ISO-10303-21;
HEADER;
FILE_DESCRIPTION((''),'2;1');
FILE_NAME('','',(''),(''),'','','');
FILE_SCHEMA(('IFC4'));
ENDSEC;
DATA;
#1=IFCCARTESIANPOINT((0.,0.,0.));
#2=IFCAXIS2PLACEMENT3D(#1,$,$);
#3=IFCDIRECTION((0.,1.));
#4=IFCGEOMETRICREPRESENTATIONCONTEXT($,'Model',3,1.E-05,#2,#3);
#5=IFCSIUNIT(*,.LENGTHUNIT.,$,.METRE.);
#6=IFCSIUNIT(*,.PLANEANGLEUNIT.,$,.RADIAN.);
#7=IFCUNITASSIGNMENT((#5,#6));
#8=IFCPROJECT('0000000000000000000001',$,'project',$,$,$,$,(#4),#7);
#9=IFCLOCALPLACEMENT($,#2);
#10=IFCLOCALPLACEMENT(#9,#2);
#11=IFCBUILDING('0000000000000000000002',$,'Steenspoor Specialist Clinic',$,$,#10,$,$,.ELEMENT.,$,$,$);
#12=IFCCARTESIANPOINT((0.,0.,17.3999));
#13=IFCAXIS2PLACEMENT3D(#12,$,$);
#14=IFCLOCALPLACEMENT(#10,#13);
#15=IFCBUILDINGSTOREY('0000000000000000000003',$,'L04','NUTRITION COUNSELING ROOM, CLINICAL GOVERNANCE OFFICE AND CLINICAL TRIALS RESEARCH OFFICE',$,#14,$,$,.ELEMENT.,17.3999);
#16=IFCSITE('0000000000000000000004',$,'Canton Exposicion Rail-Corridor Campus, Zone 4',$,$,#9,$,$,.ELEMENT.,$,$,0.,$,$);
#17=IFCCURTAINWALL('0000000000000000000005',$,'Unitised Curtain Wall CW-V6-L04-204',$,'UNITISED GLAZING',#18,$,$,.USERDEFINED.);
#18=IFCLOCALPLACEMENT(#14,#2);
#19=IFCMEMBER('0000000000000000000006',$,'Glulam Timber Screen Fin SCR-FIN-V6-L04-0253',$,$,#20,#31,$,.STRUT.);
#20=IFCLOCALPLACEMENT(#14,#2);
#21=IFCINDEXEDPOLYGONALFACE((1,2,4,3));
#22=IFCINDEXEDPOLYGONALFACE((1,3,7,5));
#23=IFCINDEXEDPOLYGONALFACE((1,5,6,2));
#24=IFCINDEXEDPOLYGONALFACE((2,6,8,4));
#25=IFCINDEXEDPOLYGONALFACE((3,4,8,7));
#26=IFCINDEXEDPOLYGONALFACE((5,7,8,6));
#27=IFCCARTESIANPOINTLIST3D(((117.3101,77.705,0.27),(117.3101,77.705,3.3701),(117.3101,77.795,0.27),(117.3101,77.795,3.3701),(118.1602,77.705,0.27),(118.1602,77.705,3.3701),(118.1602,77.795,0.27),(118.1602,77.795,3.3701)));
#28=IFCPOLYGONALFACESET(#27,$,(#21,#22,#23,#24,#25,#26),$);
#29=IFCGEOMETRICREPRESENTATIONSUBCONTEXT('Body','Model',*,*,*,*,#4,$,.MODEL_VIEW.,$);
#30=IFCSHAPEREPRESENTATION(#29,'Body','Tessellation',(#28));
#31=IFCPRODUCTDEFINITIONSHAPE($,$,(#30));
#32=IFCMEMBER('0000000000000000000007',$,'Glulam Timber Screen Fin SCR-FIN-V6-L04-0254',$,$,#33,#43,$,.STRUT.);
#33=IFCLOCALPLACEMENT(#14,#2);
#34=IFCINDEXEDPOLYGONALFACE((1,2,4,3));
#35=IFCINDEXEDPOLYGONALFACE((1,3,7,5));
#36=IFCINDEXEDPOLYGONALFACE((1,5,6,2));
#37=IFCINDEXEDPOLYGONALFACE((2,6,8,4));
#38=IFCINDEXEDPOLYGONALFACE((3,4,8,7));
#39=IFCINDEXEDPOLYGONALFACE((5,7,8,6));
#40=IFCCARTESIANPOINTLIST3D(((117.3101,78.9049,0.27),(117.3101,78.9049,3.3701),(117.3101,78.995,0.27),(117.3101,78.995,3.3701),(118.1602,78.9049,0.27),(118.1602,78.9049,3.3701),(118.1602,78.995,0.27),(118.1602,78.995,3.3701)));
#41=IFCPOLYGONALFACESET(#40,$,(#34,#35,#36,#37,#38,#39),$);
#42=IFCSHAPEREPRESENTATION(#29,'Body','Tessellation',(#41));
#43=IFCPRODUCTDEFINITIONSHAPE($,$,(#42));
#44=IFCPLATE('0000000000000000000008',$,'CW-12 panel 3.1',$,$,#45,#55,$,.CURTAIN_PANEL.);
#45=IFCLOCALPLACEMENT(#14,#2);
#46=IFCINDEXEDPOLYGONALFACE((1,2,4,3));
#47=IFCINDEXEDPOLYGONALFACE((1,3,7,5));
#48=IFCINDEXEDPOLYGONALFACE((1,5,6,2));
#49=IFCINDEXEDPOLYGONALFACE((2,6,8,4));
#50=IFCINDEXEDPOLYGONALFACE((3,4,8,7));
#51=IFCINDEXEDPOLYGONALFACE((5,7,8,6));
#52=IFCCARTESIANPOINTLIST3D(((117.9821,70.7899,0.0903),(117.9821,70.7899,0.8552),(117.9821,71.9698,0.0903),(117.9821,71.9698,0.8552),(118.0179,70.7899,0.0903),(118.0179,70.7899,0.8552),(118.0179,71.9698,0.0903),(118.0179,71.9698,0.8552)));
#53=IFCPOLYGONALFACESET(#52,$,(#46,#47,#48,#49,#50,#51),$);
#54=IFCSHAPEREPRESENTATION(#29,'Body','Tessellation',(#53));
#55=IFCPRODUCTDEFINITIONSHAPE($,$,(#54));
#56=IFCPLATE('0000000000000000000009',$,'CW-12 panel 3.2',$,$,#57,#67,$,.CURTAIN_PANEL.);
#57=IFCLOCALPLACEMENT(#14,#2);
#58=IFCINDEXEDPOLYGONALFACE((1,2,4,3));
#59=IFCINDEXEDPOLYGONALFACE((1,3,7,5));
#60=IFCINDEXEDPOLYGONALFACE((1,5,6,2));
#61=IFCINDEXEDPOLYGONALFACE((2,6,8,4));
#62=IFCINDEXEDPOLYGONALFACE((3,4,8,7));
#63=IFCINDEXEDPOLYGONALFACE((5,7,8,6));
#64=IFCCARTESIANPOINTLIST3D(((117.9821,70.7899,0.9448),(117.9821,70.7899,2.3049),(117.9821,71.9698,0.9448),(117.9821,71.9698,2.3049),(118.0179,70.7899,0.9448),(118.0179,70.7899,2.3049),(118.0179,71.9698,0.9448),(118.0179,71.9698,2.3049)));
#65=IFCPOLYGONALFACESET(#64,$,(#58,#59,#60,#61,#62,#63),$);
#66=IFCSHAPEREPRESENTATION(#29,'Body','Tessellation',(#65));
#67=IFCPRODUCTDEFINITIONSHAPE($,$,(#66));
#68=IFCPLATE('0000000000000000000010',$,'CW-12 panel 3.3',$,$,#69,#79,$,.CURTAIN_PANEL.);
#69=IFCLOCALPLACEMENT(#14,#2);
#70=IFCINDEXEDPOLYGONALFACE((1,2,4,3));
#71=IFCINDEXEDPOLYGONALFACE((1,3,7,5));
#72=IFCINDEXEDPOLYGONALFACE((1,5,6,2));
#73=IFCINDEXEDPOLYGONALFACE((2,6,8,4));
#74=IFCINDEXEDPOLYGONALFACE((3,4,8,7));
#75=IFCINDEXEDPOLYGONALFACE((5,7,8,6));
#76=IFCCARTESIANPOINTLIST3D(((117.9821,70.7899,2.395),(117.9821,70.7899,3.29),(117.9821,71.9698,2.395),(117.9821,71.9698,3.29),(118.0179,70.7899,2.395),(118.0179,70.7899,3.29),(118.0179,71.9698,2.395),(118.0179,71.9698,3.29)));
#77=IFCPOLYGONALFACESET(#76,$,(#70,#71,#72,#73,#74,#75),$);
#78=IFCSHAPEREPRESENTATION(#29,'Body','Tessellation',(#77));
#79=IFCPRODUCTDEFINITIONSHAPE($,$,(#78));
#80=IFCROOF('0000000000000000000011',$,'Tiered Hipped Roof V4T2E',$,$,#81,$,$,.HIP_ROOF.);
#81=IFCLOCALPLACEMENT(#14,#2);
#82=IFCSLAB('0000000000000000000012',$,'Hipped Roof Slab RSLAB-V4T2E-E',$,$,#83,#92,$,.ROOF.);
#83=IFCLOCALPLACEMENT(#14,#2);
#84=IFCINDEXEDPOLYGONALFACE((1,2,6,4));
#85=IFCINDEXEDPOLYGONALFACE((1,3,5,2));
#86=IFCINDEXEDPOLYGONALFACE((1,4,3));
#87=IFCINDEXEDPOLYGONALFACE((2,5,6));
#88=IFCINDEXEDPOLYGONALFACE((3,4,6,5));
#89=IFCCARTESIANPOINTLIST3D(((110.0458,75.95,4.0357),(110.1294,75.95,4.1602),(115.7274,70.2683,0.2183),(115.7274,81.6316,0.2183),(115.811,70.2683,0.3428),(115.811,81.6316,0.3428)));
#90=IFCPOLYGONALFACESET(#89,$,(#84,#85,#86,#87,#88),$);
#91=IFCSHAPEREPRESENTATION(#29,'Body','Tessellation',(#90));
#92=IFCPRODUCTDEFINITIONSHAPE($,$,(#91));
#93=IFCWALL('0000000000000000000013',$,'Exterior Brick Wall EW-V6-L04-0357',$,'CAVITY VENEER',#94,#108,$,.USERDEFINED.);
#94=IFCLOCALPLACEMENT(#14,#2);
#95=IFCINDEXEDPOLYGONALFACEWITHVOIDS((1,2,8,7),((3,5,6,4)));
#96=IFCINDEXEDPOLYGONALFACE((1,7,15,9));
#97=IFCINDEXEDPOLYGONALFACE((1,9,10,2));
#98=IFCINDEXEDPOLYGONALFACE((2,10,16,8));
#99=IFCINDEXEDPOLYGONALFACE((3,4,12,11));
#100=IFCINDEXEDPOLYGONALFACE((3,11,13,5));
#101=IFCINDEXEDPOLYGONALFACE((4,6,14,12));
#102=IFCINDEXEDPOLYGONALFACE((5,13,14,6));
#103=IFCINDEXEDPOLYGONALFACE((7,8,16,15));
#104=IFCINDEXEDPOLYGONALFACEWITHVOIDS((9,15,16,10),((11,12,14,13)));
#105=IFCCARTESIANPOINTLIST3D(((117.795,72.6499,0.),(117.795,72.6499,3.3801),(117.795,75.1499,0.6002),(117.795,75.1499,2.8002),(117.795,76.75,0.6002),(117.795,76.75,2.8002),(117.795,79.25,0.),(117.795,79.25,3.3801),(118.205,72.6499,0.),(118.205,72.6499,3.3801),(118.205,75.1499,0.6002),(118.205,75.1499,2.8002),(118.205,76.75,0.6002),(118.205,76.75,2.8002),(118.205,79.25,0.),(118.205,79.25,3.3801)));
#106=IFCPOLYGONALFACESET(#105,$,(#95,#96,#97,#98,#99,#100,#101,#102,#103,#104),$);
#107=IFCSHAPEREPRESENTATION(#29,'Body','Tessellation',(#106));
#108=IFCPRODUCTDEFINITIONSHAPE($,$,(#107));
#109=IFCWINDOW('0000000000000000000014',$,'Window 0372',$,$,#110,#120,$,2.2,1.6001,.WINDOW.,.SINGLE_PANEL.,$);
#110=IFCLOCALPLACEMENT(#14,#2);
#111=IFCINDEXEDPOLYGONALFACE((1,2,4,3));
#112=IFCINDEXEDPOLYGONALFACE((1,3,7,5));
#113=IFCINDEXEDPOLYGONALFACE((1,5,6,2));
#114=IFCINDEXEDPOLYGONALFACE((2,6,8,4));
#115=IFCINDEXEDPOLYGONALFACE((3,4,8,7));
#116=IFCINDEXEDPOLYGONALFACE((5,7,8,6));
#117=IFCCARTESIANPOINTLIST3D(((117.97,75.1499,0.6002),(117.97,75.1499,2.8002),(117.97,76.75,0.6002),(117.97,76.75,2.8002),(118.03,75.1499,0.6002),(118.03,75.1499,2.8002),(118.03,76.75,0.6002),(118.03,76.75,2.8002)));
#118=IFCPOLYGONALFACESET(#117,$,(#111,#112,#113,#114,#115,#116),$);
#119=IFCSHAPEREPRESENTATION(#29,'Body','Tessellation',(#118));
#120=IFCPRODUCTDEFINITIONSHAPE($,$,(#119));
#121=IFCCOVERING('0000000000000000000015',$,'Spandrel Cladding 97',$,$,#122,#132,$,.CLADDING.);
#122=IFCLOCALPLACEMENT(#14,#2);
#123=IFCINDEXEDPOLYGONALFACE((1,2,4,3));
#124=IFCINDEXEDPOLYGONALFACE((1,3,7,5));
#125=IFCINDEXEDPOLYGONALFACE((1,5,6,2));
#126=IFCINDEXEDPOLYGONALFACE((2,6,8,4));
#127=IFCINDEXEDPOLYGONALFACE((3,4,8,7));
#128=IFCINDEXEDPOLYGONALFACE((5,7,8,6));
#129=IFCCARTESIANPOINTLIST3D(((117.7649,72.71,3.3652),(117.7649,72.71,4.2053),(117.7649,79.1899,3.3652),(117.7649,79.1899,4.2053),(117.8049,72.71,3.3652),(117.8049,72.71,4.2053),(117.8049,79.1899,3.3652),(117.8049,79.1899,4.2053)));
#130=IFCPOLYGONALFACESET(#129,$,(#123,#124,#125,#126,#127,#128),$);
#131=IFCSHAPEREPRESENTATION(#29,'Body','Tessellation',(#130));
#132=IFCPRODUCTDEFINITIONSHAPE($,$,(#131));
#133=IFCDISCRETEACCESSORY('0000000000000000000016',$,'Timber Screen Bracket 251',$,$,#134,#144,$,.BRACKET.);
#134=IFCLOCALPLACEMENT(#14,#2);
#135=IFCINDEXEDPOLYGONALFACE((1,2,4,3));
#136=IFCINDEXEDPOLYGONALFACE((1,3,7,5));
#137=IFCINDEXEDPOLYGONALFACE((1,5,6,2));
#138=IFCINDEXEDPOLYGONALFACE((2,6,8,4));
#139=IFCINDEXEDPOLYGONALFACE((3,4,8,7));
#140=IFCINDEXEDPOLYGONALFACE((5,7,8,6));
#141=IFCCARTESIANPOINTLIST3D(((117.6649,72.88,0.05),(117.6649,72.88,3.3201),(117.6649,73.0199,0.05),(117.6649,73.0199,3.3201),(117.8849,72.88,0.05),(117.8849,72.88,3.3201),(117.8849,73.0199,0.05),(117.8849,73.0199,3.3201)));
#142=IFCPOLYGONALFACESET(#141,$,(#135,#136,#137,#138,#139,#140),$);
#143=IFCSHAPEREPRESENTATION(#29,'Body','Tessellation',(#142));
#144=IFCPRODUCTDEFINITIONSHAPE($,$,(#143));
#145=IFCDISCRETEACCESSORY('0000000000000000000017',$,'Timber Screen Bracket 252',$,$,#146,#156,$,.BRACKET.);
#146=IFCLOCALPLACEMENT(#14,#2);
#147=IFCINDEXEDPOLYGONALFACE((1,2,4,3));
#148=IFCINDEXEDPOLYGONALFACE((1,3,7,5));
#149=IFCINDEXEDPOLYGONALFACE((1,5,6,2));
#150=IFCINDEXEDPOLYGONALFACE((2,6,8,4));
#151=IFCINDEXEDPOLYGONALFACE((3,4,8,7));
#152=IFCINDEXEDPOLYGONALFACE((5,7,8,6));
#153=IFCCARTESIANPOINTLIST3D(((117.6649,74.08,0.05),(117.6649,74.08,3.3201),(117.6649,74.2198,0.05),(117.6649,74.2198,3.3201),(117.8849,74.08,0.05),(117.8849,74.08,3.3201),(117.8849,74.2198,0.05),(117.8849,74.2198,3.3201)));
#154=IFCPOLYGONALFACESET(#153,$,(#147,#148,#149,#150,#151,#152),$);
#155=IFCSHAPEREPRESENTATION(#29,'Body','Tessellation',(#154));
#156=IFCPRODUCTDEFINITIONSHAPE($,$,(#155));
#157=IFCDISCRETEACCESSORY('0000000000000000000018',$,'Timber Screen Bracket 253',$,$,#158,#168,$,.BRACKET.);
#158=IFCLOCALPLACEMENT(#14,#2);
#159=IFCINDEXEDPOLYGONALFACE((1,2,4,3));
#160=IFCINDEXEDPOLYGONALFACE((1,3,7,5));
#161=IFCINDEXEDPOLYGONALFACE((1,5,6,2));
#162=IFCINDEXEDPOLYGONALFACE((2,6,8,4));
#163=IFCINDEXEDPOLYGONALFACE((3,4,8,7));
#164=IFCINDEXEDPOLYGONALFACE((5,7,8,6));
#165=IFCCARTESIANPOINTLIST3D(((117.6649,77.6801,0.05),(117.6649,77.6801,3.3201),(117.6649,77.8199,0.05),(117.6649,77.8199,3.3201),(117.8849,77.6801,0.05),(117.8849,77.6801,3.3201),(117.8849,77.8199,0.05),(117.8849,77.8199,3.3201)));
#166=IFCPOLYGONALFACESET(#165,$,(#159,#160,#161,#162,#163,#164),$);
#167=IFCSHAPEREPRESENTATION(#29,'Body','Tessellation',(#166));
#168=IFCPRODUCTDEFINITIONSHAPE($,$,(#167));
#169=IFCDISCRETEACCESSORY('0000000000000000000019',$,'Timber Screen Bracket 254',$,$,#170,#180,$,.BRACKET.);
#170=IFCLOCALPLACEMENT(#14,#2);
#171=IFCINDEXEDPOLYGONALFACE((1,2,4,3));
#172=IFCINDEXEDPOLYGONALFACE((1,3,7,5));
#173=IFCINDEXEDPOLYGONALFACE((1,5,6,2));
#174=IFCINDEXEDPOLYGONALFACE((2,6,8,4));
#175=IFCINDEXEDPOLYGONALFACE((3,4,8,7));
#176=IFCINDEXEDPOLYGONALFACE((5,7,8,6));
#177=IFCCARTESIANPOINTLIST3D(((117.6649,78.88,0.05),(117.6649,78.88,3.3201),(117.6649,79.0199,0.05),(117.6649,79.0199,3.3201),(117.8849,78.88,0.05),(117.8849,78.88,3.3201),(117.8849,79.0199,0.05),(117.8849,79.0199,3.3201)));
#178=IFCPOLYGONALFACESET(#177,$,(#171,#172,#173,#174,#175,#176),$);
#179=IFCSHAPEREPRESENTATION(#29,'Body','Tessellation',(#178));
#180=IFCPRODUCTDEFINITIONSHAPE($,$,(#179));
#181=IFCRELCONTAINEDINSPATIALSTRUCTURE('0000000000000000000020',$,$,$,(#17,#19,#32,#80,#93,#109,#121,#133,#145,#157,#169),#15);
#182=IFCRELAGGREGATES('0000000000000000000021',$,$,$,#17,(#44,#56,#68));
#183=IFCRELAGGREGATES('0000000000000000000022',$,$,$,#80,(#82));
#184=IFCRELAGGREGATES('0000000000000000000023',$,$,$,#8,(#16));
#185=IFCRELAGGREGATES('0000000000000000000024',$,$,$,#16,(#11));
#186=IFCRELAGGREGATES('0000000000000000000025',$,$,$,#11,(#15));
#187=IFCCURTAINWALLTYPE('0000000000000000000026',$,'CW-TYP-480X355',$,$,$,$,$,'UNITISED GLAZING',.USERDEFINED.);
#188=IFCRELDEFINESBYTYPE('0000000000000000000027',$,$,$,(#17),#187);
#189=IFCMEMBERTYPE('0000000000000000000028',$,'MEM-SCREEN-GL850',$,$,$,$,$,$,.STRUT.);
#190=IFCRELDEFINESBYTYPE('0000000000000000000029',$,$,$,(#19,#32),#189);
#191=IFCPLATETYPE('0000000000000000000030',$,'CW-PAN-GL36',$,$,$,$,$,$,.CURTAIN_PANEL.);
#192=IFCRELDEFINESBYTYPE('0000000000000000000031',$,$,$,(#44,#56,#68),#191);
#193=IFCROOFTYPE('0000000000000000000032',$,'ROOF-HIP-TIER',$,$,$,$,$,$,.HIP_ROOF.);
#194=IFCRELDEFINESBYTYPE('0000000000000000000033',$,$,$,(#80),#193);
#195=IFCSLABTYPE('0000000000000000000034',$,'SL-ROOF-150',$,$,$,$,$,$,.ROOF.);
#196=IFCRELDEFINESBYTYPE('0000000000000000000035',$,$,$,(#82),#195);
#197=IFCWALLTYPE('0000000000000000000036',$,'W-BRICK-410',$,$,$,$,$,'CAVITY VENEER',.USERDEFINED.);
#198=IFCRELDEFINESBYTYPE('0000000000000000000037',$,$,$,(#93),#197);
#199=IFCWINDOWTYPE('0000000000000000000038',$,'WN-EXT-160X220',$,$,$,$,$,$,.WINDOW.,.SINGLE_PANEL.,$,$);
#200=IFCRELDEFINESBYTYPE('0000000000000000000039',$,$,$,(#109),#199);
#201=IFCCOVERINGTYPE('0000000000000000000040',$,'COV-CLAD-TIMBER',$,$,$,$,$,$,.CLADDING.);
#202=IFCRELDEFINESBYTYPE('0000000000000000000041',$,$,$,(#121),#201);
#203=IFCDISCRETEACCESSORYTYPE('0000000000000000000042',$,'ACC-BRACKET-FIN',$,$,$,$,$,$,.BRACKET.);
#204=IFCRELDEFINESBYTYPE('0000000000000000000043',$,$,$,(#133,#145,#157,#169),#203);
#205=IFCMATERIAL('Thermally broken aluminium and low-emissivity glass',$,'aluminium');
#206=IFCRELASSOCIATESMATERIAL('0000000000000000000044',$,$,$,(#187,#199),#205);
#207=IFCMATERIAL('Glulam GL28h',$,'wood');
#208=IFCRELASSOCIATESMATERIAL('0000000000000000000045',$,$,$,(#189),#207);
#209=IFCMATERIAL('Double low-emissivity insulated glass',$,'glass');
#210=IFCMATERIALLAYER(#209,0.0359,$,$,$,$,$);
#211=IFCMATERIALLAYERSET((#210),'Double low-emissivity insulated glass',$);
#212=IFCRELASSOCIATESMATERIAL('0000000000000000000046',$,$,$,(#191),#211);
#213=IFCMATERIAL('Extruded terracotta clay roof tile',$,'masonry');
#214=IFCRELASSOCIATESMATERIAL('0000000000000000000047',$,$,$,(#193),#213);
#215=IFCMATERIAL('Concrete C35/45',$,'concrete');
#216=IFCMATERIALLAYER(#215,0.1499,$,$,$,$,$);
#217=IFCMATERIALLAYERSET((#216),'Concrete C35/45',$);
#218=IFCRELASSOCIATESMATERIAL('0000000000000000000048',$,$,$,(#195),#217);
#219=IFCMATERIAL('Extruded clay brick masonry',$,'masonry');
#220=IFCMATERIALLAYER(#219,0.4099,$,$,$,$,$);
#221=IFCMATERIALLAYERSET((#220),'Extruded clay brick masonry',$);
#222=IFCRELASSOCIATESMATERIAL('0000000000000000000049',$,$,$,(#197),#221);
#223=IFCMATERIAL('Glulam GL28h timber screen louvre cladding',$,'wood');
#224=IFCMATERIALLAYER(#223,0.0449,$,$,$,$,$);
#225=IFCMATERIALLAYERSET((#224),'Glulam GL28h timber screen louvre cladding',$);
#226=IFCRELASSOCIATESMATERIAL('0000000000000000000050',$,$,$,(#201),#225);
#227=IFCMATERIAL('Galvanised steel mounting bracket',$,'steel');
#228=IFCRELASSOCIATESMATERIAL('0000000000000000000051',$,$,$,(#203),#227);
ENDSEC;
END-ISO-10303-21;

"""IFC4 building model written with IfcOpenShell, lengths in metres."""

from ifc_helpers import new_model, si_unit, direction, frame, frame_2d, origin, origin_2d, place, context, subcontext, project, spatial, polyline, rectangle, outline, extrude, material, layer, layer_set, material_profile, profile_set, type_object, element, fill, aggregate, save


model = new_model("IFC4")

# Units and contexts
model_context = context("Model", 3, precision=1e-05, world=origin(), true_north=direction((0.0, 1.0)))
body_context = subcontext(model_context, "Body", "Model", "MODEL_VIEW")
ifc_project = project(units=[si_unit("LENGTHUNIT", "METRE"), si_unit("PLANEANGLEUNIT", "RADIAN")], contexts=[model_context])

# Site, building, storey
site_placement = place(None, origin())
site = spatial("IfcSite", under=ifc_project, at=site_placement, Name="Canton Exposicion Rail-Corridor Campus, Zone 4", CompositionType="ELEMENT", RefElevation=0.0)
building_placement = place(site_placement, origin())
building = spatial("IfcBuilding", under=site, at=building_placement, Name="Steenspoor Specialist Clinic", CompositionType="ELEMENT")
storey_placement = place(building_placement, frame((0.0, 0.0, 17.3999)))
storey = spatial("IfcBuildingStorey", under=building, at=storey_placement, Name="L04", Description="NUTRITION COUNSELING ROOM, CLINICAL GOVERNANCE OFFICE AND CLINICAL TRIALS RESEARCH OFFICE", CompositionType="ELEMENT", Elevation=17.3999)

# Shared definitions
ifc_material_1 = material(Name="Glulam GL28h", Category="wood")

# Curtain wall
ifc_material_2 = material(Name="Thermally broken aluminium and low-emissivity glass", Category="aluminium")
curtain_wall_type = type_object("IfcCurtainWallType", Name="CW-TYP-480X355", ElementType="UNITISED GLAZING", PredefinedType="USERDEFINED", material=ifc_material_2)
curtain_wall_placement = place(storey_placement, origin())
curtain_wall = element("IfcCurtainWall", 1, at=curtain_wall_placement, inside=storey, type_object=curtain_wall_type, Name="Unitised Curtain Wall CW-V6-L04-204", ObjectType="UNITISED GLAZING", PredefinedType="USERDEFINED")

# Members
ifc_material_profile_1 = material_profile(ifc_material_1, rectangle(XDim=0.0901, YDim=0.8501, at=origin_2d()), Name="GL28H-90X850")
ifc_profile_set_1 = profile_set([ifc_material_profile_1], Name="Glulam GL28h")
member_type_1 = type_object("IfcMemberType", Name="MEM-SCREEN-GL850", PredefinedType="STRUT", material=ifc_profile_set_1)
for number, where, z_axis, x_axis, name in (
    (2, (117.7351, 77.75, 0.27), (0.0, 0.0, 1.0), (0.0, 1.0, 0.0), "Glulam Timber Screen Fin SCR-FIN-V6-L04-0253"),
    (3, (117.7351, 78.95, 0.27), (0.0, 0.0, 1.0), (0.0, 1.0, 0.0), "Glulam Timber Screen Fin SCR-FIN-V6-L04-0254"),
):
    element("IfcMember", number, at=place(storey_placement, frame(where, z_axis=z_axis, x_axis=x_axis)), inside=storey, type_object=member_type_1, Name=name, PredefinedType="STRUT", context=body_context, shape_type="SweptSolid", body=[
        extrude(rectangle(XDim=0.0901, YDim=0.8501, at=origin_2d()), origin(), (0.0, 0.0, 1.0), 3.1001),
    ])

# Plates
ifc_material_3 = material(Name="Double low-emissivity insulated glass", Category="glass")
ifc_layer_1 = layer(ifc_material_3, 0.0359)
ifc_layer_set_1 = layer_set([ifc_layer_1], Name="Double low-emissivity insulated glass")
plate_type = type_object("IfcPlateType", Name="CW-PAN-GL36", PredefinedType="CURTAIN_PANEL", material=ifc_layer_set_1)
plate_1_placement = place(storey_placement, frame((118.0, 71.3799, 0.0903), z_axis=(0.0, 0.0, 1.0), x_axis=(0.0, 1.0, 0.0)))
plate_1 = element("IfcPlate", 4, at=plate_1_placement, type_object=plate_type, Name="CW-12 panel 3.1", PredefinedType="CURTAIN_PANEL", context=body_context, shape_type="SweptSolid", body=[
    extrude(rectangle(XDim=1.1799, YDim=0.0359, at=origin_2d()), origin(), (0.0, 0.0, 1.0), 0.7649),
])
plate_2_placement = place(storey_placement, frame((118.0, 71.3799, 0.9448), z_axis=(0.0, 0.0, 1.0), x_axis=(0.0, 1.0, 0.0)))
plate_2 = element("IfcPlate", 5, at=plate_2_placement, type_object=plate_type, Name="CW-12 panel 3.2", PredefinedType="CURTAIN_PANEL", context=body_context, shape_type="SweptSolid", body=[
    extrude(rectangle(XDim=1.1799, YDim=0.0359, at=origin_2d()), origin(), (0.0, 0.0, 1.0), 1.3601),
])
plate_3_placement = place(storey_placement, frame((118.0, 71.3799, 2.395), z_axis=(0.0, 0.0, 1.0), x_axis=(0.0, 1.0, 0.0)))
plate_3 = element("IfcPlate", 6, at=plate_3_placement, type_object=plate_type, Name="CW-12 panel 3.3", PredefinedType="CURTAIN_PANEL", context=body_context, shape_type="SweptSolid", body=[
    extrude(rectangle(XDim=1.1799, YDim=0.0359, at=origin_2d()), origin(), (0.0, 0.0, 1.0), 0.895),
])
aggregate(curtain_wall, [plate_1, plate_2, plate_3])

# Roof, slab
ifc_material_4 = material(Name="Extruded terracotta clay roof tile", Category="masonry")
roof_type = type_object("IfcRoofType", Name="ROOF-HIP-TIER", PredefinedType="HIP_ROOF", material=ifc_material_4)
roof_placement = place(storey_placement, origin())
roof = element("IfcRoof", 7, at=roof_placement, inside=storey, type_object=roof_type, Name="Tiered Hipped Roof V4T2E", PredefinedType="HIP_ROOF")
ifc_material_5 = material(Name="Concrete C35/45", Category="concrete")
ifc_layer_2 = layer(ifc_material_5, 0.1499)
ifc_layer_set_2 = layer_set([ifc_layer_2], Name="Concrete C35/45")
slab_type = type_object("IfcSlabType", Name="SL-ROOF-150", PredefinedType="ROOF", material=ifc_layer_set_2)
slab_placement = place(storey_placement, frame((110.1294, 75.95, 4.1602), z_axis=(0.557693, 0.0, 0.830048), x_axis=(0.638691, -0.638691, -0.429124)))
slab = element("IfcSlab", 8, at=slab_placement, type_object=slab_type, Name="Hipped Roof Slab RSLAB-V4T2E-E", PredefinedType="ROOF", context=body_context, shape_type="SweptSolid", body=[
    extrude(outline(polyline([(0.0, 0.0), (8.8958, 0.0), (1.6381, 8.7436), (0.0, 0.0)])), origin(), (0.0, 0.0, -1.0), 0.1499),
])
aggregate(roof, [slab])

# Wall, opening, window
ifc_material_6 = material(Name="Extruded clay brick masonry", Category="masonry")
ifc_layer_3 = layer(ifc_material_6, 0.4099)
ifc_layer_set_3 = layer_set([ifc_layer_3], Name="Extruded clay brick masonry")
wall_type = type_object("IfcWallType", Name="W-BRICK-410", ElementType="CAVITY VENEER", PredefinedType="USERDEFINED", material=ifc_layer_set_3)
wall_placement = place(storey_placement, frame((118.0, 72.6499, 0.0), z_axis=(0.0, 0.0, 1.0), x_axis=(0.0, 1.0, 0.0)))
wall = element("IfcWall", 9, at=wall_placement, inside=storey, type_object=wall_type, Name="Exterior Brick Wall EW-V6-L04-0357", ObjectType="CAVITY VENEER", PredefinedType="USERDEFINED", context=body_context, shape_type="SweptSolid", body=[
    extrude(rectangle(XDim=6.6001, YDim=0.4099, at=frame_2d((3.3, 0.0))), origin(), (0.0, 0.0, 1.0), 3.3801),
])
opening_placement = place(wall_placement, frame((2.5, 0.0, 0.6001)))
opening = element("IfcOpeningElement", 10, at=opening_placement, cuts=wall, PredefinedType="OPENING", context=body_context, shape_type="SweptSolid", body=[
    extrude(rectangle(XDim=1.6001, YDim=2.2, at=frame_2d((0.8, 1.1001))), frame((0.0, 0.2148, 0.0), z_axis=(0.0, -1.0, 0.0), x_axis=(1.0, 0.0, 0.0)), (0.0, 0.0, 1.0), 0.4299),
])
window_type = type_object("IfcWindowType", Name="WN-EXT-160X220", PartitioningType="SINGLE_PANEL", PredefinedType="WINDOW", material=ifc_material_2)
window_placement = place(opening_placement, origin())
window = element("IfcWindow", 11, at=window_placement, inside=storey, type_object=window_type, Name="Window 0372", OverallHeight=2.2, OverallWidth=1.6001, PartitioningType="SINGLE_PANEL", PredefinedType="WINDOW", context=body_context, shape_type="SweptSolid", body=[
    extrude(rectangle(XDim=1.6001, YDim=2.2, at=frame_2d((0.8, 1.1001))), frame((0.0, 0.03, 0.0), z_axis=(0.0, -1.0, 0.0), x_axis=(1.0, 0.0, 0.0)), (0.0, 0.0, 1.0), 0.0601),
])
fill(opening, window)

# Covering
ifc_material_7 = material(Name="Glulam GL28h timber screen louvre cladding", Category="wood")
ifc_layer_4 = layer(ifc_material_7, 0.0449)
ifc_layer_set_4 = layer_set([ifc_layer_4], Name="Glulam GL28h timber screen louvre cladding")
covering_type = type_object("IfcCoveringType", Name="COV-CLAD-TIMBER", PredefinedType="CLADDING", material=ifc_layer_set_4)
covering_placement = place(storey_placement, frame((117.7849, 75.95, 3.3652), z_axis=(0.0, 0.0, 1.0), x_axis=(0.0, 1.0, 0.0)))
element("IfcCovering", 12, at=covering_placement, inside=storey, type_object=covering_type, Name="Spandrel Cladding 97", PredefinedType="CLADDING", context=body_context, shape_type="SweptSolid", body=[
    extrude(rectangle(XDim=6.48, YDim=0.04, at=origin_2d()), origin(), (0.0, 0.0, 1.0), 0.8401),
])

# Discrete accessories
ifc_material_8 = material(Name="Galvanised steel mounting bracket", Category="steel")
discrete_accessory_type = type_object("IfcDiscreteAccessoryType", Name="ACC-BRACKET-FIN", PredefinedType="BRACKET", material=ifc_material_8)
for number, where, z_axis, x_axis, name in (
    (13, (117.7749, 72.95, 0.05), (0.0, 0.0, 1.0), (-1.0, 0.0, 0.0), "Timber Screen Bracket 251"),
    (14, (117.7749, 74.1499, 0.05), (0.0, 0.0, 1.0), (-1.0, 0.0, 0.0), "Timber Screen Bracket 252"),
    (15, (117.7749, 77.75, 0.05), (0.0, 0.0, 1.0), (-1.0, 0.0, 0.0), "Timber Screen Bracket 253"),
    (16, (117.7749, 78.95, 0.05), (0.0, 0.0, 1.0), (-1.0, 0.0, 0.0), "Timber Screen Bracket 254"),
):
    element("IfcDiscreteAccessory", number, at=place(storey_placement, frame(where, z_axis=z_axis, x_axis=x_axis)), inside=storey, type_object=discrete_accessory_type, Name=name, PredefinedType="BRACKET", context=body_context, shape_type="SweptSolid", body=[
        extrude(rectangle(XDim=0.22, YDim=0.1399, at=origin_2d()), origin(), (0.0, 0.0, 1.0), 3.27),
    ])

save(model, "model.ifc")
